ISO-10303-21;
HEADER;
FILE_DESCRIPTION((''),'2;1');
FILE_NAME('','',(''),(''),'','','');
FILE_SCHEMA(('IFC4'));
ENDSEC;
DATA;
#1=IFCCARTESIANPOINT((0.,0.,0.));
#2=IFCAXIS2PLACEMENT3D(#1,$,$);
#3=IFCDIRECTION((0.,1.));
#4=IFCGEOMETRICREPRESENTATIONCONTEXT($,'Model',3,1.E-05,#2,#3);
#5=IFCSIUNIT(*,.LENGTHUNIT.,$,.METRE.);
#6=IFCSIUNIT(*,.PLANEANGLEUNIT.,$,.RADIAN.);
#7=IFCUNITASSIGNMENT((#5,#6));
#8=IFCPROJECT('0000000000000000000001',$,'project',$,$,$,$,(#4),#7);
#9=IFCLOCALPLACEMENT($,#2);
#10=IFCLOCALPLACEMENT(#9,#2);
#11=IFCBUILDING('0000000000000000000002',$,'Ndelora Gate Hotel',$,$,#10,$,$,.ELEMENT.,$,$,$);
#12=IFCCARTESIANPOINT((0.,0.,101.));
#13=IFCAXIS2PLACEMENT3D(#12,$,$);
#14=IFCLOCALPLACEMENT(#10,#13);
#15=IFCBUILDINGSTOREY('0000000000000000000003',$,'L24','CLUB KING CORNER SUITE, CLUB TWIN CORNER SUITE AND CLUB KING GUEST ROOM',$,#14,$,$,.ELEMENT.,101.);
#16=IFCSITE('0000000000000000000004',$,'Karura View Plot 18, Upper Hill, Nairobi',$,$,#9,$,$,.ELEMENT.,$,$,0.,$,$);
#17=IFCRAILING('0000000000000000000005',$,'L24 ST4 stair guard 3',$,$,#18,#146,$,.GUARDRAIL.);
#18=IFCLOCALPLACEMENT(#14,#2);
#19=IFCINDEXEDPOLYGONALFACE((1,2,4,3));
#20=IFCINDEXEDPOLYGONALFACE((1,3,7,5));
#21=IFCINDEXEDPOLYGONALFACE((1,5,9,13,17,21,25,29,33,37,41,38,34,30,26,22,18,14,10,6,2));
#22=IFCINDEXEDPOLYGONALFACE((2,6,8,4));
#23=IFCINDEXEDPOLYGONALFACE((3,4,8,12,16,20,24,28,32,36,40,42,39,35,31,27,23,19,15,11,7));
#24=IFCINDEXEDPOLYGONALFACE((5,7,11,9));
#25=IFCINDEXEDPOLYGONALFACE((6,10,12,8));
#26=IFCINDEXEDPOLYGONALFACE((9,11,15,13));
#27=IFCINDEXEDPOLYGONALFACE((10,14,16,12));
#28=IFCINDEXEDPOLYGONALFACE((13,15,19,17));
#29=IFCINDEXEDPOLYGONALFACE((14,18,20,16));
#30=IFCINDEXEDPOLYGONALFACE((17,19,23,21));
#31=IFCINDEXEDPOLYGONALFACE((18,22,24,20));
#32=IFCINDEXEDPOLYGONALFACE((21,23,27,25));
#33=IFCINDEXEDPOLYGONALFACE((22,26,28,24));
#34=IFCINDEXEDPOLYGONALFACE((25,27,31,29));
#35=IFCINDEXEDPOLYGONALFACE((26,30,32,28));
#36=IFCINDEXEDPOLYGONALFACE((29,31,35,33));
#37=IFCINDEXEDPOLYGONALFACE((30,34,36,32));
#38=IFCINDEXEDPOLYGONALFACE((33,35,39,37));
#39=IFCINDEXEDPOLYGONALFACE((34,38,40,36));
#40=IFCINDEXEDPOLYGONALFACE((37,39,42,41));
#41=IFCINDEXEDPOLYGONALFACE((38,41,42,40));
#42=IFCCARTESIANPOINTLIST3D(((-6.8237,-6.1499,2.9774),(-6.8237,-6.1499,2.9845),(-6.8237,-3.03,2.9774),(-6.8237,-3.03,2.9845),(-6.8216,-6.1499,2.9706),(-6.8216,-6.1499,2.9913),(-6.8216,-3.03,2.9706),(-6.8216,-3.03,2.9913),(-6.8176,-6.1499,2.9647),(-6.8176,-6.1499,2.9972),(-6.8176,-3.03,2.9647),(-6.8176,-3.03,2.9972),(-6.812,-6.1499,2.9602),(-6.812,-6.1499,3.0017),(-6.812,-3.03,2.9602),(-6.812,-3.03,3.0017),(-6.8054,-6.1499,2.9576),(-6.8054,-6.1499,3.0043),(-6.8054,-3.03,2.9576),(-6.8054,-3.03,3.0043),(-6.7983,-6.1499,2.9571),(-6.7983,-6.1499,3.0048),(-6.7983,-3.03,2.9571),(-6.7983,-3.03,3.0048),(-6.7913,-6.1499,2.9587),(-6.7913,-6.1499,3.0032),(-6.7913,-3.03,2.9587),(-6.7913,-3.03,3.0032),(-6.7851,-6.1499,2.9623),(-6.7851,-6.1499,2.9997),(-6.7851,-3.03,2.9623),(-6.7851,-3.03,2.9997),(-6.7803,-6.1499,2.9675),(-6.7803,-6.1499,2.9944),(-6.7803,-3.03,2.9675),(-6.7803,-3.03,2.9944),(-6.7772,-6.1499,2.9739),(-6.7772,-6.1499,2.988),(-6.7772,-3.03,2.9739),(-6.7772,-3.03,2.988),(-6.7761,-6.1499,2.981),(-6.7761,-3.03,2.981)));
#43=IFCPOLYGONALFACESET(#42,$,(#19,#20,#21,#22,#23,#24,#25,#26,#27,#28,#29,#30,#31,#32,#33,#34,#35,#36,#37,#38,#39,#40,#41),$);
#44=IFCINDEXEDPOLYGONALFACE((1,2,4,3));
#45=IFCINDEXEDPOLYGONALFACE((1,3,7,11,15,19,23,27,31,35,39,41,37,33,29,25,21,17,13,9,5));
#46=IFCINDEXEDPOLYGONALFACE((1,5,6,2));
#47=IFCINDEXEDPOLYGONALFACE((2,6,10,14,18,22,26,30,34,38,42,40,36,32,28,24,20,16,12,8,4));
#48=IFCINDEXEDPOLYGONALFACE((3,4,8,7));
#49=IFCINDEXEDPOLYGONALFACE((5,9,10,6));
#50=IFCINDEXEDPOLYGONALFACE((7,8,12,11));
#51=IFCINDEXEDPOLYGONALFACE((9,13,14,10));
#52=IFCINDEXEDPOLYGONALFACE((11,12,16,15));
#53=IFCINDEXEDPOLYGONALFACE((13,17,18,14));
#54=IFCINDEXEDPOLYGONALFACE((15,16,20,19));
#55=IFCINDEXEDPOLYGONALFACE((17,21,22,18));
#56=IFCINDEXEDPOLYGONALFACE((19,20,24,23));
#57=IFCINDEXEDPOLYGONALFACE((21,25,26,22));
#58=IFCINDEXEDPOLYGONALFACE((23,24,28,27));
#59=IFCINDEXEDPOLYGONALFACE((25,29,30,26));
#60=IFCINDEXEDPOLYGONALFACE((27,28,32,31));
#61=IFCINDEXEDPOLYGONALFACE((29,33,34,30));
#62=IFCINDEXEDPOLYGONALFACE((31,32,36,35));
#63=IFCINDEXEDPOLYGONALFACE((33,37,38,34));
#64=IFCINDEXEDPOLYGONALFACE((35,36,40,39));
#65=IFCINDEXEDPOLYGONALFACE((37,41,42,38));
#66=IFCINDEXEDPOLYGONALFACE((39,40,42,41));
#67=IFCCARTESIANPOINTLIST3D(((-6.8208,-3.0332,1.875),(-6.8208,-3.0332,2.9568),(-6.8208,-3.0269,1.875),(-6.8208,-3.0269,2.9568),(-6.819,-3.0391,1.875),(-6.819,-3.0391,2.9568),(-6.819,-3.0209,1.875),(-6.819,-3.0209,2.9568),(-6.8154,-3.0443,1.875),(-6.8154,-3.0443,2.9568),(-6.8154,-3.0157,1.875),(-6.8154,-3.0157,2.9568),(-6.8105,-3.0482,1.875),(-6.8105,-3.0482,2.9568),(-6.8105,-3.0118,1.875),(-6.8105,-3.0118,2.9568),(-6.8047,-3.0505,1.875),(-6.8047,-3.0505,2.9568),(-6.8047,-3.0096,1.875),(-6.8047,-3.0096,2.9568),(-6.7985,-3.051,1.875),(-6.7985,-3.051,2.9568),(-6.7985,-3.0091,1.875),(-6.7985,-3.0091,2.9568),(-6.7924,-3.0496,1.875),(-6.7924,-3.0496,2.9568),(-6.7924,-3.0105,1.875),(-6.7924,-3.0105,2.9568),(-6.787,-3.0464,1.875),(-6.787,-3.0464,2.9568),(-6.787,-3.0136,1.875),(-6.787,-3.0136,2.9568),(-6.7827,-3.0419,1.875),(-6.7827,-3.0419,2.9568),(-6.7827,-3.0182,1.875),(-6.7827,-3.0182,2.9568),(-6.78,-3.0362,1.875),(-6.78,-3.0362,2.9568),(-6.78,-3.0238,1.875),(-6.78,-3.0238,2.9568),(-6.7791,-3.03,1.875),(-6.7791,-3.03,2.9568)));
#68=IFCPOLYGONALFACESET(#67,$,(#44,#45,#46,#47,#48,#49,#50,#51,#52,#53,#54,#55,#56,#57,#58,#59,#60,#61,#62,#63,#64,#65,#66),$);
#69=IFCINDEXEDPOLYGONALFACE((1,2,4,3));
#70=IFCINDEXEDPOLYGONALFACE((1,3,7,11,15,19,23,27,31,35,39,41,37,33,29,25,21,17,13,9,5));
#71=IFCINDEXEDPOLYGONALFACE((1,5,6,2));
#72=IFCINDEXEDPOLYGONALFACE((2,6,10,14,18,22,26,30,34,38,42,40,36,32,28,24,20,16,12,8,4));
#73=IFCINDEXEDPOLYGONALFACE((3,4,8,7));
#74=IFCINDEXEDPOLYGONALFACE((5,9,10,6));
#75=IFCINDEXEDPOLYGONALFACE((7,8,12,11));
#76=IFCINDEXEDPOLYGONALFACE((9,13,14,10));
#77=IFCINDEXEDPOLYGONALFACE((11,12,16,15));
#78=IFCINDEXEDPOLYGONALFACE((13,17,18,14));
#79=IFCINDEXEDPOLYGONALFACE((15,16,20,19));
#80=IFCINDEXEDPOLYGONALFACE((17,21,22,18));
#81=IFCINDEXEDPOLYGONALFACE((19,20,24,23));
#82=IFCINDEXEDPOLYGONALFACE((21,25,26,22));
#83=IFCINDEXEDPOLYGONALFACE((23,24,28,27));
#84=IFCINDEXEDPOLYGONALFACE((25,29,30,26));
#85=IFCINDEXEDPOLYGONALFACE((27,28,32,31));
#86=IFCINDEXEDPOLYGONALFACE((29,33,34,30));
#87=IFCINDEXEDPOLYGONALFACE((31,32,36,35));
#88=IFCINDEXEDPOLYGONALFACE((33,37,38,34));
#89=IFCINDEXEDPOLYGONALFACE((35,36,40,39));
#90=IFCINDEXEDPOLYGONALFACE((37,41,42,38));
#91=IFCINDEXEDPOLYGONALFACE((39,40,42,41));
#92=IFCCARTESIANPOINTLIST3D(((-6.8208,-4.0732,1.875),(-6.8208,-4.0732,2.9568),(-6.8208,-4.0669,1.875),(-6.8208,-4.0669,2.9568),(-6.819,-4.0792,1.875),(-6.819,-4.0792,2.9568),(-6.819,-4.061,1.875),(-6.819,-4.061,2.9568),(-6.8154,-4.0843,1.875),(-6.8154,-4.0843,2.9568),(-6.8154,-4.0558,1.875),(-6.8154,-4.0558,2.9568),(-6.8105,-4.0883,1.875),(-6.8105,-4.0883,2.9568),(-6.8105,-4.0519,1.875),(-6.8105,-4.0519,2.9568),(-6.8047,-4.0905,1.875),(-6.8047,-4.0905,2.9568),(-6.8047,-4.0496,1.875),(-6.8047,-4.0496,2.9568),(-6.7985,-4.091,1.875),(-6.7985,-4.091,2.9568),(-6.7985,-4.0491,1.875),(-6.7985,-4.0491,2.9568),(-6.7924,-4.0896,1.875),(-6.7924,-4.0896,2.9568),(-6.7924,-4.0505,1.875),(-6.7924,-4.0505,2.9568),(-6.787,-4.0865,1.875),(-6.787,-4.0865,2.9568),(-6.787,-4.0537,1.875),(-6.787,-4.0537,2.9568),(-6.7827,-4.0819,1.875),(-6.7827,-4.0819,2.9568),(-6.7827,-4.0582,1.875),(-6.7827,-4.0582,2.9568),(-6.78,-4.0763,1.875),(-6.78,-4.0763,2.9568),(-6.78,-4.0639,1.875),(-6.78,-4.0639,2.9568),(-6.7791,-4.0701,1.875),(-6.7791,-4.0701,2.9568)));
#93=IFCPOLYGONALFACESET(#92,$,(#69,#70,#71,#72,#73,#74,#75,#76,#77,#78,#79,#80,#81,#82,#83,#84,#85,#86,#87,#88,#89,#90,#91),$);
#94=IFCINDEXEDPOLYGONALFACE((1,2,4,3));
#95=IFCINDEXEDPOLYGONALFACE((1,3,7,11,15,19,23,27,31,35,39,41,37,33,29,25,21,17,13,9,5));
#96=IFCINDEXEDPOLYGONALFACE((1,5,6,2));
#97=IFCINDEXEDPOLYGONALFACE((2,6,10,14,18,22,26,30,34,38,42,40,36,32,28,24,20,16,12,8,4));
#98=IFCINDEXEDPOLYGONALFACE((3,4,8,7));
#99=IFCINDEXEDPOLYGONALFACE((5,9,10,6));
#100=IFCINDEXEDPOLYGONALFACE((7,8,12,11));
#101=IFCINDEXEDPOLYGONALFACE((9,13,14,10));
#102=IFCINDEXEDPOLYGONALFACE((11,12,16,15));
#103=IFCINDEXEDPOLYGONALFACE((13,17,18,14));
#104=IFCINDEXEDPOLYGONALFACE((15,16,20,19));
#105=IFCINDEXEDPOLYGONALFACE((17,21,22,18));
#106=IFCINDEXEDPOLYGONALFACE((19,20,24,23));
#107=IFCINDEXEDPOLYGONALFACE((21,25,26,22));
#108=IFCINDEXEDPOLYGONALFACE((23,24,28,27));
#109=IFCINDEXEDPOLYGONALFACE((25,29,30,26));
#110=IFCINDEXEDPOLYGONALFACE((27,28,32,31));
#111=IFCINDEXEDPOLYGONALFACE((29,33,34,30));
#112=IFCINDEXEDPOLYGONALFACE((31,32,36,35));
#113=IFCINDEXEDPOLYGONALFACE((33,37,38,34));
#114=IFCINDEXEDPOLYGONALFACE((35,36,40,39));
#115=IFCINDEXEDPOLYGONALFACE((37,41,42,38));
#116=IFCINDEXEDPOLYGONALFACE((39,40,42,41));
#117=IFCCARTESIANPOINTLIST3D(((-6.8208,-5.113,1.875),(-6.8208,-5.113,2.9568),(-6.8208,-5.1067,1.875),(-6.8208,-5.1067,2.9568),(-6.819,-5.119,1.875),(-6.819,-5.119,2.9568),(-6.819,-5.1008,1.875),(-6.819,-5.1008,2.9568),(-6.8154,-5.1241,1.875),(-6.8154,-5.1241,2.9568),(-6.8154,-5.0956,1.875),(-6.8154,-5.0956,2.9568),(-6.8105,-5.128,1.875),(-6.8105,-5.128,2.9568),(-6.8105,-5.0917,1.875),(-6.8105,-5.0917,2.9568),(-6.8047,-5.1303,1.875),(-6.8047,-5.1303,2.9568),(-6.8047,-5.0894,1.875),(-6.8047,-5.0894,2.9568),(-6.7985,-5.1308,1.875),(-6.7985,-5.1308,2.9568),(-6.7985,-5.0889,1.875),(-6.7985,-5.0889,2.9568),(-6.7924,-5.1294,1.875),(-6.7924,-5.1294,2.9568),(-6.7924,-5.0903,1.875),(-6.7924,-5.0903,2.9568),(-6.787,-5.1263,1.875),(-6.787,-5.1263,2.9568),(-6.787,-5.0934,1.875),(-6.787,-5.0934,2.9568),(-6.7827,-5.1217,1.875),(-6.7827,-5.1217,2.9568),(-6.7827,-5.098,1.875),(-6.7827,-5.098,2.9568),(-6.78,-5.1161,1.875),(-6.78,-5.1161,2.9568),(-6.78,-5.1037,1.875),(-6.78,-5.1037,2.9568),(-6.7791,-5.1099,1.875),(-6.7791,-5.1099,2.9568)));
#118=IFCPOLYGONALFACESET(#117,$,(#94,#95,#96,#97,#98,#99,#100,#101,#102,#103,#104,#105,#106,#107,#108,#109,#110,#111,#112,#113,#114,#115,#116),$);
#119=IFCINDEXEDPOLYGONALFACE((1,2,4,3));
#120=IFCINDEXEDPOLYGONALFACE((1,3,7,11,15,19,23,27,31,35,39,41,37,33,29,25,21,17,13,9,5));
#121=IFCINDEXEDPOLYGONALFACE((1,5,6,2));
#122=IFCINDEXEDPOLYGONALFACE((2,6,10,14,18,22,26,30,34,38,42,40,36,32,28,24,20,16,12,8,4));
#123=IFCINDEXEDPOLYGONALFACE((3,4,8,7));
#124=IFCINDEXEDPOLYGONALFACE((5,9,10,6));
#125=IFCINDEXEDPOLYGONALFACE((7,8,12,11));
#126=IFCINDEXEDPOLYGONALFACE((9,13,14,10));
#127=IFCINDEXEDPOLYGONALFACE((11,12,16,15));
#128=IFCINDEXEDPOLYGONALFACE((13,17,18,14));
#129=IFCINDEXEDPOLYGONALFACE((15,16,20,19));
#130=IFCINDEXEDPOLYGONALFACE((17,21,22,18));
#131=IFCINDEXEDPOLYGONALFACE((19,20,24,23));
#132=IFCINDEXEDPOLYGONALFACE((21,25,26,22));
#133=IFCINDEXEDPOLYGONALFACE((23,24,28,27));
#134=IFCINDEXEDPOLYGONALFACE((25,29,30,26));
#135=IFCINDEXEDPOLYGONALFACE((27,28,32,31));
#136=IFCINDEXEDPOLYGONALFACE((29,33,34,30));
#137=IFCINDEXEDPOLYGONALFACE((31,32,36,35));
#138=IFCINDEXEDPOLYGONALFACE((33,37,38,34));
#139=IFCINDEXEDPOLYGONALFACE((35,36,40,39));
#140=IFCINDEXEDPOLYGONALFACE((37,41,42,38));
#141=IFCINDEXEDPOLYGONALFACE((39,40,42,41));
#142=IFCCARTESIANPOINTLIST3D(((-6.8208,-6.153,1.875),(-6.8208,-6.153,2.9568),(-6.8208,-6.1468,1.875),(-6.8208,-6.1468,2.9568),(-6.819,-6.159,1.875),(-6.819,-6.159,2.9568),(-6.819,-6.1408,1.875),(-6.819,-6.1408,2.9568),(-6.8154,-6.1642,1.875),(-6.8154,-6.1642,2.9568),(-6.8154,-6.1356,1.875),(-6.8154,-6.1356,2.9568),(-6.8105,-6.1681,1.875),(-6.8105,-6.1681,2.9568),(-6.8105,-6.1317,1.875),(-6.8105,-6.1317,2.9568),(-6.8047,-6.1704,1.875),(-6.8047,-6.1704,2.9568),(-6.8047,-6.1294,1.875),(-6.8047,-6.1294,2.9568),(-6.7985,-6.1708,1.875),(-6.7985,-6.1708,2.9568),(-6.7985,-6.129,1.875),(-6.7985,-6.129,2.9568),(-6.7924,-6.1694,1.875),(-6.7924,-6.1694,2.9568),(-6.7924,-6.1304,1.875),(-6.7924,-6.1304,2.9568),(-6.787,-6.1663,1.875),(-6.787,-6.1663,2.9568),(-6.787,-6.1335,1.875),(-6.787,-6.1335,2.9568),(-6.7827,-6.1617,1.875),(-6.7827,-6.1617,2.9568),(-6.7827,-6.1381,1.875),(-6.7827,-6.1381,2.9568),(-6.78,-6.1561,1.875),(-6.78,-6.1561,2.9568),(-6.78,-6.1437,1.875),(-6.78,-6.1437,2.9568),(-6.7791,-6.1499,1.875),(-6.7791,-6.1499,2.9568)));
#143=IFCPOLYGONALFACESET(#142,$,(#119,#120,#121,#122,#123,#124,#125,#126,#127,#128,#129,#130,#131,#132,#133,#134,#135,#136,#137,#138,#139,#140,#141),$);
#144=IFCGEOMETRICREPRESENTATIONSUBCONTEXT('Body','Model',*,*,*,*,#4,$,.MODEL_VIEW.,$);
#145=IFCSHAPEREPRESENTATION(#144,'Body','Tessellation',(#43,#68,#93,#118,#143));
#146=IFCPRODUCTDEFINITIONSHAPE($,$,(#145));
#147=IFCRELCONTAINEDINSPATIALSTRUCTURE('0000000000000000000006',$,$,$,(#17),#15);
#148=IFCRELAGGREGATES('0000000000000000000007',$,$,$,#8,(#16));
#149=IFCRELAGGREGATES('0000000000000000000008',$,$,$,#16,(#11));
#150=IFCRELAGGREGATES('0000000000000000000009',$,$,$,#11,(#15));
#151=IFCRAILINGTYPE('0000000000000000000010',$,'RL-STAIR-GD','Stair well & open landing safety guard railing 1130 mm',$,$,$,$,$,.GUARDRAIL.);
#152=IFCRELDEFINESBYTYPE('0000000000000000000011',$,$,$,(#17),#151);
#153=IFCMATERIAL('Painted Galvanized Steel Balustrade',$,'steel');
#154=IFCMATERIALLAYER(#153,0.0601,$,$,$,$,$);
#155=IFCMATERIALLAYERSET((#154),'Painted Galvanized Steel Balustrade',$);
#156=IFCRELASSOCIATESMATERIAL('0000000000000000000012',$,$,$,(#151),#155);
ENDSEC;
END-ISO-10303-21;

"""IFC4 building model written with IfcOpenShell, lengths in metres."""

from ifc_helpers import new_model, si_unit, direction, frame, origin, origin_2d, place, context, subcontext, project, spatial, circle, extrude, material, layer, layer_set, type_object, element, save


model = new_model("IFC4")

# Units and contexts
model_context = context("Model", 3, precision=1e-05, world=origin(), true_north=direction((0.0, 1.0)))
body_context = subcontext(model_context, "Body", "Model", "MODEL_VIEW")
ifc_project = project(units=[si_unit("LENGTHUNIT", "METRE"), si_unit("PLANEANGLEUNIT", "RADIAN")], contexts=[model_context])

# Site, building, storey
site_placement = place(None, origin())
site = spatial("IfcSite", under=ifc_project, at=site_placement, Name="Karura View Plot 18, Upper Hill, Nairobi", CompositionType="ELEMENT", RefElevation=0.0)
building_placement = place(site_placement, origin())
building = spatial("IfcBuilding", under=site, at=building_placement, Name="Ndelora Gate Hotel", CompositionType="ELEMENT")
storey_placement = place(building_placement, frame((0.0, 0.0, 101.0)))
storey = spatial("IfcBuildingStorey", under=building, at=storey_placement, Name="L24", Description="CLUB KING CORNER SUITE, CLUB TWIN CORNER SUITE AND CLUB KING GUEST ROOM", CompositionType="ELEMENT", Elevation=101.0)

# Railing
ifc_material_1 = material(Name="Painted Galvanized Steel Balustrade", Category="steel")
ifc_layer_1 = layer(ifc_material_1, 0.0601)
ifc_layer_set_1 = layer_set([ifc_layer_1], Name="Painted Galvanized Steel Balustrade")
railing_type_1 = type_object("IfcRailingType", Name="RL-STAIR-GD", Description="Stair well & open landing safety guard railing 1130 mm", PredefinedType="GUARDRAIL", material=ifc_layer_set_1)
for number, where, name in (
    (1, (-6.8, -3.03, 1.875), "L24 ST4 stair guard 3"),
):
    element("IfcRailing", number, at=place(storey_placement, frame(where)), inside=storey, type_object=railing_type_1, Name=name, PredefinedType="GUARDRAIL", context=body_context, shape_type="SweptSolid", body=[
        extrude(circle(Radius=0.0239, at=origin_2d()), frame((0.0, 0.0, 1.106), z_axis=(0.0, -1.0, 0.0), x_axis=(1.0, 0.0, 0.0)), (0.0, 0.0, 1.0), 3.1199),
        extrude(circle(Radius=0.021, at=origin_2d()), origin(), (0.0, 0.0, 1.0), 1.0818),
        extrude(circle(Radius=0.021, at=origin_2d()), frame((0.0, -1.04, 0.0)), (0.0, 0.0, 1.0), 1.0818),
        extrude(circle(Radius=0.021, at=origin_2d()), frame((0.0, -2.0798, 0.0)), (0.0, 0.0, 1.0), 1.0818),
        extrude(circle(Radius=0.021, at=origin_2d()), frame((0.0, -3.1199, 0.0)), (0.0, 0.0, 1.0), 1.0818),
    ])

save(model, "model.ifc")
